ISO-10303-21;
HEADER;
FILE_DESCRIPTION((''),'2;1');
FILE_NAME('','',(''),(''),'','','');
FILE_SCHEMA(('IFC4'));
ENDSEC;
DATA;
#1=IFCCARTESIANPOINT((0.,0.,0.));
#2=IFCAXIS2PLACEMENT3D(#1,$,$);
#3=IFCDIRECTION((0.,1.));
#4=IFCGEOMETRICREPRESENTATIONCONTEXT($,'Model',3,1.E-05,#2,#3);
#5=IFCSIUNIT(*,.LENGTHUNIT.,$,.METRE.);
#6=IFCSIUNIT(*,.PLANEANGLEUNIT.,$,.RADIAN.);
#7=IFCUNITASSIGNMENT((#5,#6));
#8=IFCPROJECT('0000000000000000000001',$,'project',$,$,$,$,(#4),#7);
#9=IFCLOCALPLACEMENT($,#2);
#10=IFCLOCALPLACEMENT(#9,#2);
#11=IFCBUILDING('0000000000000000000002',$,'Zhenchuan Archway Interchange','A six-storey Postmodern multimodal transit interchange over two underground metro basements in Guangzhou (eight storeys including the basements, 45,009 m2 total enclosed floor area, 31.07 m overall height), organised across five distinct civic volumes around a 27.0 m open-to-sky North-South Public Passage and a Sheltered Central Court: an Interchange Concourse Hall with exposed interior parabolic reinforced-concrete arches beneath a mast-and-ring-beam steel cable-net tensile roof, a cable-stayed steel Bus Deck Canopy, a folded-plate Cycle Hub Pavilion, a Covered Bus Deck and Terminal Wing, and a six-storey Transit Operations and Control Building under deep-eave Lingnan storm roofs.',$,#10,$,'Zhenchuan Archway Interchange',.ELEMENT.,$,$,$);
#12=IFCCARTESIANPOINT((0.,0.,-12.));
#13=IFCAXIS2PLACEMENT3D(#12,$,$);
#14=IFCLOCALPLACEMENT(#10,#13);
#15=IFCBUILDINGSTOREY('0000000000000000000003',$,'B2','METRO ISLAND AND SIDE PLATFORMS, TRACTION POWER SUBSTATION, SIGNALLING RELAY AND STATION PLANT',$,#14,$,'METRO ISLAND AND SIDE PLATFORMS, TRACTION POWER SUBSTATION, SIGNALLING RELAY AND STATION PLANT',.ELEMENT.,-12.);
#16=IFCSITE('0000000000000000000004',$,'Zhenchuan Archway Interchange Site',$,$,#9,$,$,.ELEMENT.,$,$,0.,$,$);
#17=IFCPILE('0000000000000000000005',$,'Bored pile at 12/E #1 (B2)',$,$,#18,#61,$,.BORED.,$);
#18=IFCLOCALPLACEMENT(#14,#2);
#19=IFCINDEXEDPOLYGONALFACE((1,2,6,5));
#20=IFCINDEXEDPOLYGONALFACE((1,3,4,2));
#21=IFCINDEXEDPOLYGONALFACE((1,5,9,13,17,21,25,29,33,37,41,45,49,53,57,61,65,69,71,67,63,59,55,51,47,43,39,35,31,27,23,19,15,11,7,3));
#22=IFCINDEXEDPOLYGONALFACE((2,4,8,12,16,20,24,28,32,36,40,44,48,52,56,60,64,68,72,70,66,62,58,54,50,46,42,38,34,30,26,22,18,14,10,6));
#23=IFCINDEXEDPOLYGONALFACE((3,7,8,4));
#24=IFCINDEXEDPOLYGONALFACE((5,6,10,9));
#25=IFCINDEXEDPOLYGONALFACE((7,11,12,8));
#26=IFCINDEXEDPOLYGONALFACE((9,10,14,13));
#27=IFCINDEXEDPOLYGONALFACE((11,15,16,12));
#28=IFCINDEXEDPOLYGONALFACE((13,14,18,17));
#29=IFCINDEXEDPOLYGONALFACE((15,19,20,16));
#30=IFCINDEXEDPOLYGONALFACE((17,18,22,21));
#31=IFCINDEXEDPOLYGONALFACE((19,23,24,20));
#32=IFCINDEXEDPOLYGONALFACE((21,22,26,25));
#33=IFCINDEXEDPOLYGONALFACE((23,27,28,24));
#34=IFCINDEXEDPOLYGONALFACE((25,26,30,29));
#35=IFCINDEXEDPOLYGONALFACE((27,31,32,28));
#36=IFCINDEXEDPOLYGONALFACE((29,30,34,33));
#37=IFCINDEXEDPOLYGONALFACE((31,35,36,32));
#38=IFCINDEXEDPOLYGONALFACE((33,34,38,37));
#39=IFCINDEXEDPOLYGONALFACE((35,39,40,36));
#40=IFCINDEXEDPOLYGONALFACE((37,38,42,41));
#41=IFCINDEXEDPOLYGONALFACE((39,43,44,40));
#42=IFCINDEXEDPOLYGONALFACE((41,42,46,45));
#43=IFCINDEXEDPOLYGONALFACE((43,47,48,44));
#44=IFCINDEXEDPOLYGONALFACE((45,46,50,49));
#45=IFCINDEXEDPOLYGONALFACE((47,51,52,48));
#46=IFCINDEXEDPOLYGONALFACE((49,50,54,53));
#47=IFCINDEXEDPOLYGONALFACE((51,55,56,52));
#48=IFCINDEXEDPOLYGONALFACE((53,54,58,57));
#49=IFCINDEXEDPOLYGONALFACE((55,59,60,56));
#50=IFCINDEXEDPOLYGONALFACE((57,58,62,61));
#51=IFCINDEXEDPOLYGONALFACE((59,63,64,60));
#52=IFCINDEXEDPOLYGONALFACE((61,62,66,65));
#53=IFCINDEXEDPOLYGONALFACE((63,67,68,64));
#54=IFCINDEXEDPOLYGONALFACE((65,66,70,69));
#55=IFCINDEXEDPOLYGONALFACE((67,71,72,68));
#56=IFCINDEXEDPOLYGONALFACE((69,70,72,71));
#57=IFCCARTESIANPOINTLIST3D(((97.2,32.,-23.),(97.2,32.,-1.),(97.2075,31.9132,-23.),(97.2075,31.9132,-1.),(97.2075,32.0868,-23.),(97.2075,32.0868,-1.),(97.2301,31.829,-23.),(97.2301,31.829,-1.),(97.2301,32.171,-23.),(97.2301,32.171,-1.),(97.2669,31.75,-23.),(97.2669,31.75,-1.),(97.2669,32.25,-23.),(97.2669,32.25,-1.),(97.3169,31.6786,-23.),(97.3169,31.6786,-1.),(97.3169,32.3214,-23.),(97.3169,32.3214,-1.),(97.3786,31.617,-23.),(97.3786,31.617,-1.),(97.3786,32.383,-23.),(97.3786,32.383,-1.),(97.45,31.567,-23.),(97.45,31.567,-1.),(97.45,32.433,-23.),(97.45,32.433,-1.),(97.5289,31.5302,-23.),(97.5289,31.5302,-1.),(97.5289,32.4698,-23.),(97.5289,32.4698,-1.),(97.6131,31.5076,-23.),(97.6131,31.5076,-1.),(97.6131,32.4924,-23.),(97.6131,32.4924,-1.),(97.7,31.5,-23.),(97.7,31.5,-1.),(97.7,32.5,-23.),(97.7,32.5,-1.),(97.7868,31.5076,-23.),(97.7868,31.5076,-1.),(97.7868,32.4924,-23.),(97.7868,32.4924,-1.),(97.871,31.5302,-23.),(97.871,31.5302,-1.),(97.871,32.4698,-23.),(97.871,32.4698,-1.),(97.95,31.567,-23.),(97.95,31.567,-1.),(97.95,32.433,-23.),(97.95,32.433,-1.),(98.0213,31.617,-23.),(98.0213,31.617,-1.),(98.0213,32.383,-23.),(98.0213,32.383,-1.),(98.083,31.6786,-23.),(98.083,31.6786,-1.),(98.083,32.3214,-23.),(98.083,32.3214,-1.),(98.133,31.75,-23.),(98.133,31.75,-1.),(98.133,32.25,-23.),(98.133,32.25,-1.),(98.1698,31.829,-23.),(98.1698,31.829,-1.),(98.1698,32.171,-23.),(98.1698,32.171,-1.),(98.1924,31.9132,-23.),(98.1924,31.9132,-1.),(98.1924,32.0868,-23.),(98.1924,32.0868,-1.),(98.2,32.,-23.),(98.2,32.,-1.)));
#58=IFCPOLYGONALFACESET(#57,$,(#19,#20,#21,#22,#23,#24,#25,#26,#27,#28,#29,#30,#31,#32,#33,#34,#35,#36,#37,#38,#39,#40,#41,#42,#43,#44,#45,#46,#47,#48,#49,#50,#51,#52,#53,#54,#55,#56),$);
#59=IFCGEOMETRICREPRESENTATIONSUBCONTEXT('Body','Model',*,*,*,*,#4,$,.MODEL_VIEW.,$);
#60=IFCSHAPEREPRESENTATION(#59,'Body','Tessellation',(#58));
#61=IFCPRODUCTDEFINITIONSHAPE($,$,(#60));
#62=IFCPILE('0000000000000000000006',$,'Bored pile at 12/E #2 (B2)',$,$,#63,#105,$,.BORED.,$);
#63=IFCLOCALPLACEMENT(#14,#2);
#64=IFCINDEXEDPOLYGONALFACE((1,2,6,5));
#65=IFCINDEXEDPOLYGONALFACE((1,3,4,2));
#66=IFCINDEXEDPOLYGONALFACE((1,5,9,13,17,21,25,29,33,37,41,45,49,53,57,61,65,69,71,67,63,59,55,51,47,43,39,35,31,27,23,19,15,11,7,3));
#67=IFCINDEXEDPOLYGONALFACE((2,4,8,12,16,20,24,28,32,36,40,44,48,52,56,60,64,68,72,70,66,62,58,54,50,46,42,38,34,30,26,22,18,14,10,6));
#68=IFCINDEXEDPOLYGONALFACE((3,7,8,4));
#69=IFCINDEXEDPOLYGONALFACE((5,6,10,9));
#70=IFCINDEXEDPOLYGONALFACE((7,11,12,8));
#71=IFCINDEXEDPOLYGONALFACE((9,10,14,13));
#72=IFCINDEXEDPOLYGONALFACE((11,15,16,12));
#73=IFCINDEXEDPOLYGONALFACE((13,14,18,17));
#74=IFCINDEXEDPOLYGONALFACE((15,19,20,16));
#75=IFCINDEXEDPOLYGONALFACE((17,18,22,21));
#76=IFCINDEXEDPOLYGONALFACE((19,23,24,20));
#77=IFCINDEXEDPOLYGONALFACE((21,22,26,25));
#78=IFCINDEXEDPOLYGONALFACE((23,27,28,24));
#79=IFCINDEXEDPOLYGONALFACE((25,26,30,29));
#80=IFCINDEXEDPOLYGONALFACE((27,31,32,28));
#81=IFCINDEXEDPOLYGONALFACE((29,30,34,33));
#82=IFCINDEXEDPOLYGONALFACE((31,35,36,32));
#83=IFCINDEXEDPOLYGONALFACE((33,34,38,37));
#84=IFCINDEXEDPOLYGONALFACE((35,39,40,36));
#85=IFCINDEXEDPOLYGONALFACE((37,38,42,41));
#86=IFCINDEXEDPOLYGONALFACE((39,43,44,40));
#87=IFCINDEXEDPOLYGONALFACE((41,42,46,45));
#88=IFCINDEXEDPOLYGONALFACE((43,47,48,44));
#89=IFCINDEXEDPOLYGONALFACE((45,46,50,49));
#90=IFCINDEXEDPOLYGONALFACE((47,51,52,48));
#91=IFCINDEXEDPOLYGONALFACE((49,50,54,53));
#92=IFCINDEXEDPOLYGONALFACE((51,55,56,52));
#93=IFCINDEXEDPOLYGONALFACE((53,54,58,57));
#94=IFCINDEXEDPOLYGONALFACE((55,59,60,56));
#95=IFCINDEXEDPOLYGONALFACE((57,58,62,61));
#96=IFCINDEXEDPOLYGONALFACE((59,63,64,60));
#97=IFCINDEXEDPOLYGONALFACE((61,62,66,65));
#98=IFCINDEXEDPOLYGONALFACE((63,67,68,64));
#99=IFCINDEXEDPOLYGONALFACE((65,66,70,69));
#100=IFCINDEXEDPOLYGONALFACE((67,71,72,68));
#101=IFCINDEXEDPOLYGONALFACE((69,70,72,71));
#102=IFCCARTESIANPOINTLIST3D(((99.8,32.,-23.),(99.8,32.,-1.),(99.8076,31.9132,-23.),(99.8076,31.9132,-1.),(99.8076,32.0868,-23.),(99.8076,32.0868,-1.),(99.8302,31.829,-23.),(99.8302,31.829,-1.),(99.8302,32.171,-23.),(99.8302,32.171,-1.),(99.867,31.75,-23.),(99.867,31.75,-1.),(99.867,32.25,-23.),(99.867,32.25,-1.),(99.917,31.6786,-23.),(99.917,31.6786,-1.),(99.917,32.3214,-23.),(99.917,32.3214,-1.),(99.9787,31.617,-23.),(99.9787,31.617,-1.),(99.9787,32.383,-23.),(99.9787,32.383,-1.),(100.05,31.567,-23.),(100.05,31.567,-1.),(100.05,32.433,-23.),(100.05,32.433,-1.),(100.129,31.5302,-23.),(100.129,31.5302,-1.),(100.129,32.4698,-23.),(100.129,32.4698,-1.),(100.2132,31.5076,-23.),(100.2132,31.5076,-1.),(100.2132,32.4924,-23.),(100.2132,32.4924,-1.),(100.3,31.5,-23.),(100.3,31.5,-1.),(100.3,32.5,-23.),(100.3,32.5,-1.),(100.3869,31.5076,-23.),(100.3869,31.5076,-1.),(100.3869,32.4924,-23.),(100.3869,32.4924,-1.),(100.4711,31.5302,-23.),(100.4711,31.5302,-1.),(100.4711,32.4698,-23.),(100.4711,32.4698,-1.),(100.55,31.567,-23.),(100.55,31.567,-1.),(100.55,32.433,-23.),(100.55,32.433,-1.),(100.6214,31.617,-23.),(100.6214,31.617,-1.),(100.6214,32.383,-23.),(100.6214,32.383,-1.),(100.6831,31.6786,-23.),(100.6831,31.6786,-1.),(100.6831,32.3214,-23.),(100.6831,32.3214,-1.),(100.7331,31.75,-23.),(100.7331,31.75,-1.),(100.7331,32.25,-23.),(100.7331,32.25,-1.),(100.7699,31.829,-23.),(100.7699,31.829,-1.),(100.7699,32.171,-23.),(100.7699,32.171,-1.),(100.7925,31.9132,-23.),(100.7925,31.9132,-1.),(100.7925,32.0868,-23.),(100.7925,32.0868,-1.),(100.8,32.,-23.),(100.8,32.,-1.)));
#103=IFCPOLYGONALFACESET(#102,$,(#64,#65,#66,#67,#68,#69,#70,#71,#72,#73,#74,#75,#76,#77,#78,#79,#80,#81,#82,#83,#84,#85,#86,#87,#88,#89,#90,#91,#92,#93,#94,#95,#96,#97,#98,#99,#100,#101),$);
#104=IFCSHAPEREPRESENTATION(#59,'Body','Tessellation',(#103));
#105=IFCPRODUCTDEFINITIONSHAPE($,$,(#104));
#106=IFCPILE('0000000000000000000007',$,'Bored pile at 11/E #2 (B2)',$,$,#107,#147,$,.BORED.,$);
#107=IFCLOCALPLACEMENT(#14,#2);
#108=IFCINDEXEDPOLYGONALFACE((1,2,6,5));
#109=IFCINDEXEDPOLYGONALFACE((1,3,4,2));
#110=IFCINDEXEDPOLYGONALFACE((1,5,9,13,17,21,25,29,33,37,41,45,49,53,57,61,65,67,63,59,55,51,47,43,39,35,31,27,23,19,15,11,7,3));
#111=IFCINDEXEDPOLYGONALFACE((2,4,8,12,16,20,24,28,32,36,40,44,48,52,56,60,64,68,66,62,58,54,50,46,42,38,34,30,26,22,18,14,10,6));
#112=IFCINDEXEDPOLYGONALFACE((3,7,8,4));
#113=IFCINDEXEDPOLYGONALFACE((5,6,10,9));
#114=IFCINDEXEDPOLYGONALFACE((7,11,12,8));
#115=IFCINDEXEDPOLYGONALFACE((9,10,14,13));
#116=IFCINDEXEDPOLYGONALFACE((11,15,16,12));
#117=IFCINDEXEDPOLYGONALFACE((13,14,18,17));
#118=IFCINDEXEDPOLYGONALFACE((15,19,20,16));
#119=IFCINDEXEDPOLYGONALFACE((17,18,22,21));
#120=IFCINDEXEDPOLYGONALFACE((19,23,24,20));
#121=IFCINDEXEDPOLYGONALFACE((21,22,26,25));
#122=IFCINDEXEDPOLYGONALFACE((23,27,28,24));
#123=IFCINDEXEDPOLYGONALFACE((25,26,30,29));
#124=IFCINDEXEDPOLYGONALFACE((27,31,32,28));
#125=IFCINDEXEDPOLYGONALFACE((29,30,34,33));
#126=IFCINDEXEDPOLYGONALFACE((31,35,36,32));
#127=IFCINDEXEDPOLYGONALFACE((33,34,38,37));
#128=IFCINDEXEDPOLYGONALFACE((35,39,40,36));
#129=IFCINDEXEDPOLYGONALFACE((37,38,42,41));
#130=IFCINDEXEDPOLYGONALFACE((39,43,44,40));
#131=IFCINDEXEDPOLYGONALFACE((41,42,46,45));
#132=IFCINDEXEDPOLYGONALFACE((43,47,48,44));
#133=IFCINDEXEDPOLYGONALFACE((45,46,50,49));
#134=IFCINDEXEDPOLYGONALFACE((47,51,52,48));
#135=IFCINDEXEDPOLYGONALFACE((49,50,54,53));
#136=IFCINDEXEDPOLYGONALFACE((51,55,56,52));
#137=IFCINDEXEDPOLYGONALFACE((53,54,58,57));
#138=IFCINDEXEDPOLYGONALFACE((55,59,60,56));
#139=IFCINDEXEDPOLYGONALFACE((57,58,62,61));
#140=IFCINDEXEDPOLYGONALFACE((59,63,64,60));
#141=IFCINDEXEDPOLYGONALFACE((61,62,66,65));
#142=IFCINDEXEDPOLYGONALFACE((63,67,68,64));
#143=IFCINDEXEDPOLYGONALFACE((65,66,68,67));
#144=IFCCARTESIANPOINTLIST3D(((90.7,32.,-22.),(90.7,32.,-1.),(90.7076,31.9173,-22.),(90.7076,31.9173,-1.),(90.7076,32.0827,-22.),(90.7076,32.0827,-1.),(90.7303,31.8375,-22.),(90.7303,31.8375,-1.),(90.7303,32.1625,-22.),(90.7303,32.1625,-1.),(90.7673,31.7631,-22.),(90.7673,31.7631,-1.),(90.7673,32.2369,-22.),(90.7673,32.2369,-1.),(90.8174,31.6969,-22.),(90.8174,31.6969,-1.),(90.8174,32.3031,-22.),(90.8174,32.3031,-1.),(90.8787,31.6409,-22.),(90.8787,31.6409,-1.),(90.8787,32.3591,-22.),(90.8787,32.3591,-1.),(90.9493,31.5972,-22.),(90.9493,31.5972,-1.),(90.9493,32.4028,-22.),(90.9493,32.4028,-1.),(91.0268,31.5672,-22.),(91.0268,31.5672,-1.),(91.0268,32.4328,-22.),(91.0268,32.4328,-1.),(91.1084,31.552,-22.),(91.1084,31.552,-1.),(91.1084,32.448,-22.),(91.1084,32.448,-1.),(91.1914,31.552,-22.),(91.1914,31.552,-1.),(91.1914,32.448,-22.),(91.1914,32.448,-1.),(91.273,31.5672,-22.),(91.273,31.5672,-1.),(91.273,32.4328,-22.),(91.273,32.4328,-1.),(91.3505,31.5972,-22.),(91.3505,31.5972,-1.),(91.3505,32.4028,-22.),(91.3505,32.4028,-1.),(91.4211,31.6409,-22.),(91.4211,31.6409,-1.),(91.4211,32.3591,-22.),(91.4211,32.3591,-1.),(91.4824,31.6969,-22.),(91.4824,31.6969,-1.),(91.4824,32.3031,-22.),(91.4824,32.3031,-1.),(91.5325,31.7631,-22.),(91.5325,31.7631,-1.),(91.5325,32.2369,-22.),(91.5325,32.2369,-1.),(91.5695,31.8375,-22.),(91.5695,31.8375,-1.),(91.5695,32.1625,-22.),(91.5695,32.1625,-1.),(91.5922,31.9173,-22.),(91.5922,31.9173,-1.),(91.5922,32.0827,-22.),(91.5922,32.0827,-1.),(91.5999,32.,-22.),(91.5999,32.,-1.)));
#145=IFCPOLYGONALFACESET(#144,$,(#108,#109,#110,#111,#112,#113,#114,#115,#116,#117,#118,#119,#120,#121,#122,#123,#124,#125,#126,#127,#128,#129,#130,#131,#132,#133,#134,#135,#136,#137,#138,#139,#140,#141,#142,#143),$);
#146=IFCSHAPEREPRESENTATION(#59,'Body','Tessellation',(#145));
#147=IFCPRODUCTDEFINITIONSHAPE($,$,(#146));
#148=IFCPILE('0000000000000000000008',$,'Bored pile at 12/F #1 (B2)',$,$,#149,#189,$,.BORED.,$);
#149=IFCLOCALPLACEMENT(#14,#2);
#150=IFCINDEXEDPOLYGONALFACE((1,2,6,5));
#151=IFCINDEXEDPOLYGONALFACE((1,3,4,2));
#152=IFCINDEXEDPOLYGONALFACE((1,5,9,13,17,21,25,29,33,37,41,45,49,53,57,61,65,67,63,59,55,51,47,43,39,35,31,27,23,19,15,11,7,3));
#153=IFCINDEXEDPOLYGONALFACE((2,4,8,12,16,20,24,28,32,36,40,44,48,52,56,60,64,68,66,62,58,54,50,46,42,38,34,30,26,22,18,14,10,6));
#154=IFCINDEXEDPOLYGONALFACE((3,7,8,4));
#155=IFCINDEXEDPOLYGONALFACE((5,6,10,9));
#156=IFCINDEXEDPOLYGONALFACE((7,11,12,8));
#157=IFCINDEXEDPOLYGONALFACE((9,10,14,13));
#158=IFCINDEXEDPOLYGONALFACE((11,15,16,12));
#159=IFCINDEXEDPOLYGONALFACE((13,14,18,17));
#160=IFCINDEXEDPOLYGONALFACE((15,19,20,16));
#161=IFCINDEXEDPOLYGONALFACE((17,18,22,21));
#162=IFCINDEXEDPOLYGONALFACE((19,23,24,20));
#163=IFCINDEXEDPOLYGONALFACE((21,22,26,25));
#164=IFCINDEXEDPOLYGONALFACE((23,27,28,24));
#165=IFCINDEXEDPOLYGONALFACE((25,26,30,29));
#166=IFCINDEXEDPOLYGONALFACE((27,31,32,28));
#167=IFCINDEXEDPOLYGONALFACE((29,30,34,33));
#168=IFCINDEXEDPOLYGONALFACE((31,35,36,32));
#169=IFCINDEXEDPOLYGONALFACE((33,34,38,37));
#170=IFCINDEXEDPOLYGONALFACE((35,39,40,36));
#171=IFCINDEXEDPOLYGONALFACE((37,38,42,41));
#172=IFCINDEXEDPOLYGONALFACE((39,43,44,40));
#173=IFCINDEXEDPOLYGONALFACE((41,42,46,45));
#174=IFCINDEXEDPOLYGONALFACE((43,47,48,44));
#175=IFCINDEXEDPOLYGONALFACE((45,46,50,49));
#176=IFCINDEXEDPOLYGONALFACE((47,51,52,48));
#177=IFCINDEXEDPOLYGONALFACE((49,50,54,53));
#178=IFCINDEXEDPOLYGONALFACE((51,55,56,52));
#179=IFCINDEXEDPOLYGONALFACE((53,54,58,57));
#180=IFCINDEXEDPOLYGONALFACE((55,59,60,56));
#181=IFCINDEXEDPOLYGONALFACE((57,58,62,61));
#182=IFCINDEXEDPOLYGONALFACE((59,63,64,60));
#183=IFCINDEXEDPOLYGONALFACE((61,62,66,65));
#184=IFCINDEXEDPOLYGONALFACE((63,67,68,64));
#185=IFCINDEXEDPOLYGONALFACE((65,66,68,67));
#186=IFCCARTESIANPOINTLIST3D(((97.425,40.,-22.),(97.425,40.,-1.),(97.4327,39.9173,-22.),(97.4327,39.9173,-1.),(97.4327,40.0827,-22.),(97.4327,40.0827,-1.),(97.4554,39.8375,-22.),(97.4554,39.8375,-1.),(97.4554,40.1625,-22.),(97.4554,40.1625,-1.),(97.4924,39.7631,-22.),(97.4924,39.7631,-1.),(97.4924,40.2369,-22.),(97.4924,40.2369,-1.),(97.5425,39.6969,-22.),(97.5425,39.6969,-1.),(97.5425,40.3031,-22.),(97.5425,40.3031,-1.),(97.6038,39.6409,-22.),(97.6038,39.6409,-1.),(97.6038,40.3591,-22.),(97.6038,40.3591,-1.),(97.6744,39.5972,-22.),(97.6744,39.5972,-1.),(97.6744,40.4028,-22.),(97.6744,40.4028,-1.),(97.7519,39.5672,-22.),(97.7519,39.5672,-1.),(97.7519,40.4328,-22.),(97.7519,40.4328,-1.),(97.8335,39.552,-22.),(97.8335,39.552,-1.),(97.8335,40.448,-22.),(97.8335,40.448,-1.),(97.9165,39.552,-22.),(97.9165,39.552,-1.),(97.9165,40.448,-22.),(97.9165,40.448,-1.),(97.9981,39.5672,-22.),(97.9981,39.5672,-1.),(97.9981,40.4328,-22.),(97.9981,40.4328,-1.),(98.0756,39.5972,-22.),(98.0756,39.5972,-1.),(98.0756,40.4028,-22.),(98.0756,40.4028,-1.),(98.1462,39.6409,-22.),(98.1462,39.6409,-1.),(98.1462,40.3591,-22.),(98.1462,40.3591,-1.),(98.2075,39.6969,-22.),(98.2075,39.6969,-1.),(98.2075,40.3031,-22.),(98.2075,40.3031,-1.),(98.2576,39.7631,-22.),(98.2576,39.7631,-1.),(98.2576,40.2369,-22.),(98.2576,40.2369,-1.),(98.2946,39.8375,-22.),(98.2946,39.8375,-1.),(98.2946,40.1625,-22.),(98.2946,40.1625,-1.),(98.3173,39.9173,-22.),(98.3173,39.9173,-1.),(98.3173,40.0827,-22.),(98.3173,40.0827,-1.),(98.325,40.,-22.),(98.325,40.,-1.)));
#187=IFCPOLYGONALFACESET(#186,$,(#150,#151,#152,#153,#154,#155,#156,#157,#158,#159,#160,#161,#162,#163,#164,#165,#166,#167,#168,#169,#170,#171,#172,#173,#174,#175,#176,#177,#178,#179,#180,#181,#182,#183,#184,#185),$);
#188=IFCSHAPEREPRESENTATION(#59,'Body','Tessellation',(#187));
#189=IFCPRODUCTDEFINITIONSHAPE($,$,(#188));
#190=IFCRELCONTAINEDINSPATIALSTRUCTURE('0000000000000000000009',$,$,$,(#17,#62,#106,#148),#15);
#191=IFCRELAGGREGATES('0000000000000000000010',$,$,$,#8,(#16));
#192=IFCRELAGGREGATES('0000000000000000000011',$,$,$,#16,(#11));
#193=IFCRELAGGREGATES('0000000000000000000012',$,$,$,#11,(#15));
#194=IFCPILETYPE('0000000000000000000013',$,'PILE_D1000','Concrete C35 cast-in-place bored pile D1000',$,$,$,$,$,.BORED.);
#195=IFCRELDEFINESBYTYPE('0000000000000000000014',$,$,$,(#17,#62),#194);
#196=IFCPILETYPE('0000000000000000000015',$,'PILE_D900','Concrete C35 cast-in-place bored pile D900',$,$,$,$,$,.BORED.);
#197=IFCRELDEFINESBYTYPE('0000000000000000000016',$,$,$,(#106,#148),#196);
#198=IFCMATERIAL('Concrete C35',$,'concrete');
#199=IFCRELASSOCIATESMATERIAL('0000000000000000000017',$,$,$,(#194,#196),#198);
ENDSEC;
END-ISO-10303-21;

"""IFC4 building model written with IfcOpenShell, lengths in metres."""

from ifc_helpers import new_model, si_unit, direction, frame, origin, origin_2d, place, context, subcontext, project, spatial, circle, extrude, material, material_profile, profile_set, type_object, element, save


model = new_model("IFC4")

# Units and contexts
model_context = context("Model", 3, precision=1e-05, world=origin(), true_north=direction((0.0, 1.0)))
body_context = subcontext(model_context, "Body", "Model", "MODEL_VIEW")
ifc_project = project(units=[si_unit("LENGTHUNIT", "METRE"), si_unit("PLANEANGLEUNIT", "RADIAN")], contexts=[model_context])

# Site, building, storey
site_placement = place(None, origin())
site = spatial("IfcSite", under=ifc_project, at=site_placement, Name="Zhenchuan Archway Interchange Site", CompositionType="ELEMENT", RefElevation=0.0)
building_placement = place(site_placement, origin())
building = spatial("IfcBuilding", under=site, at=building_placement, Name="Zhenchuan Archway Interchange", Description="A six-storey Postmodern multimodal transit interchange over two underground metro basements in Guangzhou (eight storeys including the basements, 45,009 m2 total enclosed floor area, 31.07 m overall height), organised across five distinct civic volumes around a 27.0 m open-to-sky North-South Public Passage and a Sheltered Central Court: an Interchange Concourse Hall with exposed interior parabolic reinforced-concrete arches beneath a mast-and-ring-beam steel cable-net tensile roof, a cable-stayed steel Bus Deck Canopy, a folded-plate Cycle Hub Pavilion, a Covered Bus Deck and Terminal Wing, and a six-storey Transit Operations and Control Building under deep-eave Lingnan storm roofs.", LongName="Zhenchuan Archway Interchange", CompositionType="ELEMENT")
storey_placement = place(building_placement, frame((0.0, 0.0, -12.0)))
storey = spatial("IfcBuildingStorey", under=building, at=storey_placement, Name="B2", Description="METRO ISLAND AND SIDE PLATFORMS, TRACTION POWER SUBSTATION, SIGNALLING RELAY AND STATION PLANT", LongName="METRO ISLAND AND SIDE PLATFORMS, TRACTION POWER SUBSTATION, SIGNALLING RELAY AND STATION PLANT", CompositionType="ELEMENT", Elevation=-12.0)

# Piles
ifc_material_1 = material(Name="Concrete C35", Category="concrete")
ifc_material_profile_1 = material_profile(ifc_material_1, circle(Radius=0.5, at=origin_2d()), Name="BORED PILE 1000")
ifc_profile_set_1 = profile_set([ifc_material_profile_1], Name="Concrete C35")
pile_type_1 = type_object("IfcPileType", Name="PILE_D1000", Description="Concrete C35 cast-in-place bored pile D1000", PredefinedType="BORED", material=ifc_profile_set_1)
for number, where, z_axis, x_axis, name in (
    (1, (97.7, 32.0, -1.0), (0.0, 0.0, -1.0), (1.0, 0.0, 0.0), "Bored pile at 12/E #1 (B2)"),
    (2, (100.3, 32.0, -1.0), (0.0, 0.0, -1.0), (1.0, 0.0, 0.0), "Bored pile at 12/E #2 (B2)"),
):
    element("IfcPile", number, at=place(storey_placement, frame(where, z_axis=z_axis, x_axis=x_axis)), inside=storey, type_object=pile_type_1, Name=name, PredefinedType="BORED", context=body_context, shape_type="SweptSolid", body=[
        extrude(circle(Radius=0.5, at=origin_2d()), origin(), (0.0, 0.0, 1.0), 22.0),
    ])
ifc_material_profile_2 = material_profile(ifc_material_1, circle(Radius=0.45, at=origin_2d()), Name="BORED PILE 900")
ifc_profile_set_2 = profile_set([ifc_material_profile_2], Name="Concrete C35")
pile_type_2 = type_object("IfcPileType", Name="PILE_D900", Description="Concrete C35 cast-in-place bored pile D900", PredefinedType="BORED", material=ifc_profile_set_2)
for number, where, z_axis, x_axis, name in (
    (3, (91.1499, 32.0, -1.0), (0.0, 0.0, -1.0), (1.0, 0.0, 0.0), "Bored pile at 11/E #2 (B2)"),
    (4, (97.875, 40.0, -1.0), (0.0, 0.0, -1.0), (1.0, 0.0, 0.0), "Bored pile at 12/F #1 (B2)"),
):
    element("IfcPile", number, at=place(storey_placement, frame(where, z_axis=z_axis, x_axis=x_axis)), inside=storey, type_object=pile_type_2, Name=name, PredefinedType="BORED", context=body_context, shape_type="SweptSolid", body=[
        extrude(circle(Radius=0.45, at=origin_2d()), origin(), (0.0, 0.0, 1.0), 21.0),
    ])

save(model, "model.ifc")
